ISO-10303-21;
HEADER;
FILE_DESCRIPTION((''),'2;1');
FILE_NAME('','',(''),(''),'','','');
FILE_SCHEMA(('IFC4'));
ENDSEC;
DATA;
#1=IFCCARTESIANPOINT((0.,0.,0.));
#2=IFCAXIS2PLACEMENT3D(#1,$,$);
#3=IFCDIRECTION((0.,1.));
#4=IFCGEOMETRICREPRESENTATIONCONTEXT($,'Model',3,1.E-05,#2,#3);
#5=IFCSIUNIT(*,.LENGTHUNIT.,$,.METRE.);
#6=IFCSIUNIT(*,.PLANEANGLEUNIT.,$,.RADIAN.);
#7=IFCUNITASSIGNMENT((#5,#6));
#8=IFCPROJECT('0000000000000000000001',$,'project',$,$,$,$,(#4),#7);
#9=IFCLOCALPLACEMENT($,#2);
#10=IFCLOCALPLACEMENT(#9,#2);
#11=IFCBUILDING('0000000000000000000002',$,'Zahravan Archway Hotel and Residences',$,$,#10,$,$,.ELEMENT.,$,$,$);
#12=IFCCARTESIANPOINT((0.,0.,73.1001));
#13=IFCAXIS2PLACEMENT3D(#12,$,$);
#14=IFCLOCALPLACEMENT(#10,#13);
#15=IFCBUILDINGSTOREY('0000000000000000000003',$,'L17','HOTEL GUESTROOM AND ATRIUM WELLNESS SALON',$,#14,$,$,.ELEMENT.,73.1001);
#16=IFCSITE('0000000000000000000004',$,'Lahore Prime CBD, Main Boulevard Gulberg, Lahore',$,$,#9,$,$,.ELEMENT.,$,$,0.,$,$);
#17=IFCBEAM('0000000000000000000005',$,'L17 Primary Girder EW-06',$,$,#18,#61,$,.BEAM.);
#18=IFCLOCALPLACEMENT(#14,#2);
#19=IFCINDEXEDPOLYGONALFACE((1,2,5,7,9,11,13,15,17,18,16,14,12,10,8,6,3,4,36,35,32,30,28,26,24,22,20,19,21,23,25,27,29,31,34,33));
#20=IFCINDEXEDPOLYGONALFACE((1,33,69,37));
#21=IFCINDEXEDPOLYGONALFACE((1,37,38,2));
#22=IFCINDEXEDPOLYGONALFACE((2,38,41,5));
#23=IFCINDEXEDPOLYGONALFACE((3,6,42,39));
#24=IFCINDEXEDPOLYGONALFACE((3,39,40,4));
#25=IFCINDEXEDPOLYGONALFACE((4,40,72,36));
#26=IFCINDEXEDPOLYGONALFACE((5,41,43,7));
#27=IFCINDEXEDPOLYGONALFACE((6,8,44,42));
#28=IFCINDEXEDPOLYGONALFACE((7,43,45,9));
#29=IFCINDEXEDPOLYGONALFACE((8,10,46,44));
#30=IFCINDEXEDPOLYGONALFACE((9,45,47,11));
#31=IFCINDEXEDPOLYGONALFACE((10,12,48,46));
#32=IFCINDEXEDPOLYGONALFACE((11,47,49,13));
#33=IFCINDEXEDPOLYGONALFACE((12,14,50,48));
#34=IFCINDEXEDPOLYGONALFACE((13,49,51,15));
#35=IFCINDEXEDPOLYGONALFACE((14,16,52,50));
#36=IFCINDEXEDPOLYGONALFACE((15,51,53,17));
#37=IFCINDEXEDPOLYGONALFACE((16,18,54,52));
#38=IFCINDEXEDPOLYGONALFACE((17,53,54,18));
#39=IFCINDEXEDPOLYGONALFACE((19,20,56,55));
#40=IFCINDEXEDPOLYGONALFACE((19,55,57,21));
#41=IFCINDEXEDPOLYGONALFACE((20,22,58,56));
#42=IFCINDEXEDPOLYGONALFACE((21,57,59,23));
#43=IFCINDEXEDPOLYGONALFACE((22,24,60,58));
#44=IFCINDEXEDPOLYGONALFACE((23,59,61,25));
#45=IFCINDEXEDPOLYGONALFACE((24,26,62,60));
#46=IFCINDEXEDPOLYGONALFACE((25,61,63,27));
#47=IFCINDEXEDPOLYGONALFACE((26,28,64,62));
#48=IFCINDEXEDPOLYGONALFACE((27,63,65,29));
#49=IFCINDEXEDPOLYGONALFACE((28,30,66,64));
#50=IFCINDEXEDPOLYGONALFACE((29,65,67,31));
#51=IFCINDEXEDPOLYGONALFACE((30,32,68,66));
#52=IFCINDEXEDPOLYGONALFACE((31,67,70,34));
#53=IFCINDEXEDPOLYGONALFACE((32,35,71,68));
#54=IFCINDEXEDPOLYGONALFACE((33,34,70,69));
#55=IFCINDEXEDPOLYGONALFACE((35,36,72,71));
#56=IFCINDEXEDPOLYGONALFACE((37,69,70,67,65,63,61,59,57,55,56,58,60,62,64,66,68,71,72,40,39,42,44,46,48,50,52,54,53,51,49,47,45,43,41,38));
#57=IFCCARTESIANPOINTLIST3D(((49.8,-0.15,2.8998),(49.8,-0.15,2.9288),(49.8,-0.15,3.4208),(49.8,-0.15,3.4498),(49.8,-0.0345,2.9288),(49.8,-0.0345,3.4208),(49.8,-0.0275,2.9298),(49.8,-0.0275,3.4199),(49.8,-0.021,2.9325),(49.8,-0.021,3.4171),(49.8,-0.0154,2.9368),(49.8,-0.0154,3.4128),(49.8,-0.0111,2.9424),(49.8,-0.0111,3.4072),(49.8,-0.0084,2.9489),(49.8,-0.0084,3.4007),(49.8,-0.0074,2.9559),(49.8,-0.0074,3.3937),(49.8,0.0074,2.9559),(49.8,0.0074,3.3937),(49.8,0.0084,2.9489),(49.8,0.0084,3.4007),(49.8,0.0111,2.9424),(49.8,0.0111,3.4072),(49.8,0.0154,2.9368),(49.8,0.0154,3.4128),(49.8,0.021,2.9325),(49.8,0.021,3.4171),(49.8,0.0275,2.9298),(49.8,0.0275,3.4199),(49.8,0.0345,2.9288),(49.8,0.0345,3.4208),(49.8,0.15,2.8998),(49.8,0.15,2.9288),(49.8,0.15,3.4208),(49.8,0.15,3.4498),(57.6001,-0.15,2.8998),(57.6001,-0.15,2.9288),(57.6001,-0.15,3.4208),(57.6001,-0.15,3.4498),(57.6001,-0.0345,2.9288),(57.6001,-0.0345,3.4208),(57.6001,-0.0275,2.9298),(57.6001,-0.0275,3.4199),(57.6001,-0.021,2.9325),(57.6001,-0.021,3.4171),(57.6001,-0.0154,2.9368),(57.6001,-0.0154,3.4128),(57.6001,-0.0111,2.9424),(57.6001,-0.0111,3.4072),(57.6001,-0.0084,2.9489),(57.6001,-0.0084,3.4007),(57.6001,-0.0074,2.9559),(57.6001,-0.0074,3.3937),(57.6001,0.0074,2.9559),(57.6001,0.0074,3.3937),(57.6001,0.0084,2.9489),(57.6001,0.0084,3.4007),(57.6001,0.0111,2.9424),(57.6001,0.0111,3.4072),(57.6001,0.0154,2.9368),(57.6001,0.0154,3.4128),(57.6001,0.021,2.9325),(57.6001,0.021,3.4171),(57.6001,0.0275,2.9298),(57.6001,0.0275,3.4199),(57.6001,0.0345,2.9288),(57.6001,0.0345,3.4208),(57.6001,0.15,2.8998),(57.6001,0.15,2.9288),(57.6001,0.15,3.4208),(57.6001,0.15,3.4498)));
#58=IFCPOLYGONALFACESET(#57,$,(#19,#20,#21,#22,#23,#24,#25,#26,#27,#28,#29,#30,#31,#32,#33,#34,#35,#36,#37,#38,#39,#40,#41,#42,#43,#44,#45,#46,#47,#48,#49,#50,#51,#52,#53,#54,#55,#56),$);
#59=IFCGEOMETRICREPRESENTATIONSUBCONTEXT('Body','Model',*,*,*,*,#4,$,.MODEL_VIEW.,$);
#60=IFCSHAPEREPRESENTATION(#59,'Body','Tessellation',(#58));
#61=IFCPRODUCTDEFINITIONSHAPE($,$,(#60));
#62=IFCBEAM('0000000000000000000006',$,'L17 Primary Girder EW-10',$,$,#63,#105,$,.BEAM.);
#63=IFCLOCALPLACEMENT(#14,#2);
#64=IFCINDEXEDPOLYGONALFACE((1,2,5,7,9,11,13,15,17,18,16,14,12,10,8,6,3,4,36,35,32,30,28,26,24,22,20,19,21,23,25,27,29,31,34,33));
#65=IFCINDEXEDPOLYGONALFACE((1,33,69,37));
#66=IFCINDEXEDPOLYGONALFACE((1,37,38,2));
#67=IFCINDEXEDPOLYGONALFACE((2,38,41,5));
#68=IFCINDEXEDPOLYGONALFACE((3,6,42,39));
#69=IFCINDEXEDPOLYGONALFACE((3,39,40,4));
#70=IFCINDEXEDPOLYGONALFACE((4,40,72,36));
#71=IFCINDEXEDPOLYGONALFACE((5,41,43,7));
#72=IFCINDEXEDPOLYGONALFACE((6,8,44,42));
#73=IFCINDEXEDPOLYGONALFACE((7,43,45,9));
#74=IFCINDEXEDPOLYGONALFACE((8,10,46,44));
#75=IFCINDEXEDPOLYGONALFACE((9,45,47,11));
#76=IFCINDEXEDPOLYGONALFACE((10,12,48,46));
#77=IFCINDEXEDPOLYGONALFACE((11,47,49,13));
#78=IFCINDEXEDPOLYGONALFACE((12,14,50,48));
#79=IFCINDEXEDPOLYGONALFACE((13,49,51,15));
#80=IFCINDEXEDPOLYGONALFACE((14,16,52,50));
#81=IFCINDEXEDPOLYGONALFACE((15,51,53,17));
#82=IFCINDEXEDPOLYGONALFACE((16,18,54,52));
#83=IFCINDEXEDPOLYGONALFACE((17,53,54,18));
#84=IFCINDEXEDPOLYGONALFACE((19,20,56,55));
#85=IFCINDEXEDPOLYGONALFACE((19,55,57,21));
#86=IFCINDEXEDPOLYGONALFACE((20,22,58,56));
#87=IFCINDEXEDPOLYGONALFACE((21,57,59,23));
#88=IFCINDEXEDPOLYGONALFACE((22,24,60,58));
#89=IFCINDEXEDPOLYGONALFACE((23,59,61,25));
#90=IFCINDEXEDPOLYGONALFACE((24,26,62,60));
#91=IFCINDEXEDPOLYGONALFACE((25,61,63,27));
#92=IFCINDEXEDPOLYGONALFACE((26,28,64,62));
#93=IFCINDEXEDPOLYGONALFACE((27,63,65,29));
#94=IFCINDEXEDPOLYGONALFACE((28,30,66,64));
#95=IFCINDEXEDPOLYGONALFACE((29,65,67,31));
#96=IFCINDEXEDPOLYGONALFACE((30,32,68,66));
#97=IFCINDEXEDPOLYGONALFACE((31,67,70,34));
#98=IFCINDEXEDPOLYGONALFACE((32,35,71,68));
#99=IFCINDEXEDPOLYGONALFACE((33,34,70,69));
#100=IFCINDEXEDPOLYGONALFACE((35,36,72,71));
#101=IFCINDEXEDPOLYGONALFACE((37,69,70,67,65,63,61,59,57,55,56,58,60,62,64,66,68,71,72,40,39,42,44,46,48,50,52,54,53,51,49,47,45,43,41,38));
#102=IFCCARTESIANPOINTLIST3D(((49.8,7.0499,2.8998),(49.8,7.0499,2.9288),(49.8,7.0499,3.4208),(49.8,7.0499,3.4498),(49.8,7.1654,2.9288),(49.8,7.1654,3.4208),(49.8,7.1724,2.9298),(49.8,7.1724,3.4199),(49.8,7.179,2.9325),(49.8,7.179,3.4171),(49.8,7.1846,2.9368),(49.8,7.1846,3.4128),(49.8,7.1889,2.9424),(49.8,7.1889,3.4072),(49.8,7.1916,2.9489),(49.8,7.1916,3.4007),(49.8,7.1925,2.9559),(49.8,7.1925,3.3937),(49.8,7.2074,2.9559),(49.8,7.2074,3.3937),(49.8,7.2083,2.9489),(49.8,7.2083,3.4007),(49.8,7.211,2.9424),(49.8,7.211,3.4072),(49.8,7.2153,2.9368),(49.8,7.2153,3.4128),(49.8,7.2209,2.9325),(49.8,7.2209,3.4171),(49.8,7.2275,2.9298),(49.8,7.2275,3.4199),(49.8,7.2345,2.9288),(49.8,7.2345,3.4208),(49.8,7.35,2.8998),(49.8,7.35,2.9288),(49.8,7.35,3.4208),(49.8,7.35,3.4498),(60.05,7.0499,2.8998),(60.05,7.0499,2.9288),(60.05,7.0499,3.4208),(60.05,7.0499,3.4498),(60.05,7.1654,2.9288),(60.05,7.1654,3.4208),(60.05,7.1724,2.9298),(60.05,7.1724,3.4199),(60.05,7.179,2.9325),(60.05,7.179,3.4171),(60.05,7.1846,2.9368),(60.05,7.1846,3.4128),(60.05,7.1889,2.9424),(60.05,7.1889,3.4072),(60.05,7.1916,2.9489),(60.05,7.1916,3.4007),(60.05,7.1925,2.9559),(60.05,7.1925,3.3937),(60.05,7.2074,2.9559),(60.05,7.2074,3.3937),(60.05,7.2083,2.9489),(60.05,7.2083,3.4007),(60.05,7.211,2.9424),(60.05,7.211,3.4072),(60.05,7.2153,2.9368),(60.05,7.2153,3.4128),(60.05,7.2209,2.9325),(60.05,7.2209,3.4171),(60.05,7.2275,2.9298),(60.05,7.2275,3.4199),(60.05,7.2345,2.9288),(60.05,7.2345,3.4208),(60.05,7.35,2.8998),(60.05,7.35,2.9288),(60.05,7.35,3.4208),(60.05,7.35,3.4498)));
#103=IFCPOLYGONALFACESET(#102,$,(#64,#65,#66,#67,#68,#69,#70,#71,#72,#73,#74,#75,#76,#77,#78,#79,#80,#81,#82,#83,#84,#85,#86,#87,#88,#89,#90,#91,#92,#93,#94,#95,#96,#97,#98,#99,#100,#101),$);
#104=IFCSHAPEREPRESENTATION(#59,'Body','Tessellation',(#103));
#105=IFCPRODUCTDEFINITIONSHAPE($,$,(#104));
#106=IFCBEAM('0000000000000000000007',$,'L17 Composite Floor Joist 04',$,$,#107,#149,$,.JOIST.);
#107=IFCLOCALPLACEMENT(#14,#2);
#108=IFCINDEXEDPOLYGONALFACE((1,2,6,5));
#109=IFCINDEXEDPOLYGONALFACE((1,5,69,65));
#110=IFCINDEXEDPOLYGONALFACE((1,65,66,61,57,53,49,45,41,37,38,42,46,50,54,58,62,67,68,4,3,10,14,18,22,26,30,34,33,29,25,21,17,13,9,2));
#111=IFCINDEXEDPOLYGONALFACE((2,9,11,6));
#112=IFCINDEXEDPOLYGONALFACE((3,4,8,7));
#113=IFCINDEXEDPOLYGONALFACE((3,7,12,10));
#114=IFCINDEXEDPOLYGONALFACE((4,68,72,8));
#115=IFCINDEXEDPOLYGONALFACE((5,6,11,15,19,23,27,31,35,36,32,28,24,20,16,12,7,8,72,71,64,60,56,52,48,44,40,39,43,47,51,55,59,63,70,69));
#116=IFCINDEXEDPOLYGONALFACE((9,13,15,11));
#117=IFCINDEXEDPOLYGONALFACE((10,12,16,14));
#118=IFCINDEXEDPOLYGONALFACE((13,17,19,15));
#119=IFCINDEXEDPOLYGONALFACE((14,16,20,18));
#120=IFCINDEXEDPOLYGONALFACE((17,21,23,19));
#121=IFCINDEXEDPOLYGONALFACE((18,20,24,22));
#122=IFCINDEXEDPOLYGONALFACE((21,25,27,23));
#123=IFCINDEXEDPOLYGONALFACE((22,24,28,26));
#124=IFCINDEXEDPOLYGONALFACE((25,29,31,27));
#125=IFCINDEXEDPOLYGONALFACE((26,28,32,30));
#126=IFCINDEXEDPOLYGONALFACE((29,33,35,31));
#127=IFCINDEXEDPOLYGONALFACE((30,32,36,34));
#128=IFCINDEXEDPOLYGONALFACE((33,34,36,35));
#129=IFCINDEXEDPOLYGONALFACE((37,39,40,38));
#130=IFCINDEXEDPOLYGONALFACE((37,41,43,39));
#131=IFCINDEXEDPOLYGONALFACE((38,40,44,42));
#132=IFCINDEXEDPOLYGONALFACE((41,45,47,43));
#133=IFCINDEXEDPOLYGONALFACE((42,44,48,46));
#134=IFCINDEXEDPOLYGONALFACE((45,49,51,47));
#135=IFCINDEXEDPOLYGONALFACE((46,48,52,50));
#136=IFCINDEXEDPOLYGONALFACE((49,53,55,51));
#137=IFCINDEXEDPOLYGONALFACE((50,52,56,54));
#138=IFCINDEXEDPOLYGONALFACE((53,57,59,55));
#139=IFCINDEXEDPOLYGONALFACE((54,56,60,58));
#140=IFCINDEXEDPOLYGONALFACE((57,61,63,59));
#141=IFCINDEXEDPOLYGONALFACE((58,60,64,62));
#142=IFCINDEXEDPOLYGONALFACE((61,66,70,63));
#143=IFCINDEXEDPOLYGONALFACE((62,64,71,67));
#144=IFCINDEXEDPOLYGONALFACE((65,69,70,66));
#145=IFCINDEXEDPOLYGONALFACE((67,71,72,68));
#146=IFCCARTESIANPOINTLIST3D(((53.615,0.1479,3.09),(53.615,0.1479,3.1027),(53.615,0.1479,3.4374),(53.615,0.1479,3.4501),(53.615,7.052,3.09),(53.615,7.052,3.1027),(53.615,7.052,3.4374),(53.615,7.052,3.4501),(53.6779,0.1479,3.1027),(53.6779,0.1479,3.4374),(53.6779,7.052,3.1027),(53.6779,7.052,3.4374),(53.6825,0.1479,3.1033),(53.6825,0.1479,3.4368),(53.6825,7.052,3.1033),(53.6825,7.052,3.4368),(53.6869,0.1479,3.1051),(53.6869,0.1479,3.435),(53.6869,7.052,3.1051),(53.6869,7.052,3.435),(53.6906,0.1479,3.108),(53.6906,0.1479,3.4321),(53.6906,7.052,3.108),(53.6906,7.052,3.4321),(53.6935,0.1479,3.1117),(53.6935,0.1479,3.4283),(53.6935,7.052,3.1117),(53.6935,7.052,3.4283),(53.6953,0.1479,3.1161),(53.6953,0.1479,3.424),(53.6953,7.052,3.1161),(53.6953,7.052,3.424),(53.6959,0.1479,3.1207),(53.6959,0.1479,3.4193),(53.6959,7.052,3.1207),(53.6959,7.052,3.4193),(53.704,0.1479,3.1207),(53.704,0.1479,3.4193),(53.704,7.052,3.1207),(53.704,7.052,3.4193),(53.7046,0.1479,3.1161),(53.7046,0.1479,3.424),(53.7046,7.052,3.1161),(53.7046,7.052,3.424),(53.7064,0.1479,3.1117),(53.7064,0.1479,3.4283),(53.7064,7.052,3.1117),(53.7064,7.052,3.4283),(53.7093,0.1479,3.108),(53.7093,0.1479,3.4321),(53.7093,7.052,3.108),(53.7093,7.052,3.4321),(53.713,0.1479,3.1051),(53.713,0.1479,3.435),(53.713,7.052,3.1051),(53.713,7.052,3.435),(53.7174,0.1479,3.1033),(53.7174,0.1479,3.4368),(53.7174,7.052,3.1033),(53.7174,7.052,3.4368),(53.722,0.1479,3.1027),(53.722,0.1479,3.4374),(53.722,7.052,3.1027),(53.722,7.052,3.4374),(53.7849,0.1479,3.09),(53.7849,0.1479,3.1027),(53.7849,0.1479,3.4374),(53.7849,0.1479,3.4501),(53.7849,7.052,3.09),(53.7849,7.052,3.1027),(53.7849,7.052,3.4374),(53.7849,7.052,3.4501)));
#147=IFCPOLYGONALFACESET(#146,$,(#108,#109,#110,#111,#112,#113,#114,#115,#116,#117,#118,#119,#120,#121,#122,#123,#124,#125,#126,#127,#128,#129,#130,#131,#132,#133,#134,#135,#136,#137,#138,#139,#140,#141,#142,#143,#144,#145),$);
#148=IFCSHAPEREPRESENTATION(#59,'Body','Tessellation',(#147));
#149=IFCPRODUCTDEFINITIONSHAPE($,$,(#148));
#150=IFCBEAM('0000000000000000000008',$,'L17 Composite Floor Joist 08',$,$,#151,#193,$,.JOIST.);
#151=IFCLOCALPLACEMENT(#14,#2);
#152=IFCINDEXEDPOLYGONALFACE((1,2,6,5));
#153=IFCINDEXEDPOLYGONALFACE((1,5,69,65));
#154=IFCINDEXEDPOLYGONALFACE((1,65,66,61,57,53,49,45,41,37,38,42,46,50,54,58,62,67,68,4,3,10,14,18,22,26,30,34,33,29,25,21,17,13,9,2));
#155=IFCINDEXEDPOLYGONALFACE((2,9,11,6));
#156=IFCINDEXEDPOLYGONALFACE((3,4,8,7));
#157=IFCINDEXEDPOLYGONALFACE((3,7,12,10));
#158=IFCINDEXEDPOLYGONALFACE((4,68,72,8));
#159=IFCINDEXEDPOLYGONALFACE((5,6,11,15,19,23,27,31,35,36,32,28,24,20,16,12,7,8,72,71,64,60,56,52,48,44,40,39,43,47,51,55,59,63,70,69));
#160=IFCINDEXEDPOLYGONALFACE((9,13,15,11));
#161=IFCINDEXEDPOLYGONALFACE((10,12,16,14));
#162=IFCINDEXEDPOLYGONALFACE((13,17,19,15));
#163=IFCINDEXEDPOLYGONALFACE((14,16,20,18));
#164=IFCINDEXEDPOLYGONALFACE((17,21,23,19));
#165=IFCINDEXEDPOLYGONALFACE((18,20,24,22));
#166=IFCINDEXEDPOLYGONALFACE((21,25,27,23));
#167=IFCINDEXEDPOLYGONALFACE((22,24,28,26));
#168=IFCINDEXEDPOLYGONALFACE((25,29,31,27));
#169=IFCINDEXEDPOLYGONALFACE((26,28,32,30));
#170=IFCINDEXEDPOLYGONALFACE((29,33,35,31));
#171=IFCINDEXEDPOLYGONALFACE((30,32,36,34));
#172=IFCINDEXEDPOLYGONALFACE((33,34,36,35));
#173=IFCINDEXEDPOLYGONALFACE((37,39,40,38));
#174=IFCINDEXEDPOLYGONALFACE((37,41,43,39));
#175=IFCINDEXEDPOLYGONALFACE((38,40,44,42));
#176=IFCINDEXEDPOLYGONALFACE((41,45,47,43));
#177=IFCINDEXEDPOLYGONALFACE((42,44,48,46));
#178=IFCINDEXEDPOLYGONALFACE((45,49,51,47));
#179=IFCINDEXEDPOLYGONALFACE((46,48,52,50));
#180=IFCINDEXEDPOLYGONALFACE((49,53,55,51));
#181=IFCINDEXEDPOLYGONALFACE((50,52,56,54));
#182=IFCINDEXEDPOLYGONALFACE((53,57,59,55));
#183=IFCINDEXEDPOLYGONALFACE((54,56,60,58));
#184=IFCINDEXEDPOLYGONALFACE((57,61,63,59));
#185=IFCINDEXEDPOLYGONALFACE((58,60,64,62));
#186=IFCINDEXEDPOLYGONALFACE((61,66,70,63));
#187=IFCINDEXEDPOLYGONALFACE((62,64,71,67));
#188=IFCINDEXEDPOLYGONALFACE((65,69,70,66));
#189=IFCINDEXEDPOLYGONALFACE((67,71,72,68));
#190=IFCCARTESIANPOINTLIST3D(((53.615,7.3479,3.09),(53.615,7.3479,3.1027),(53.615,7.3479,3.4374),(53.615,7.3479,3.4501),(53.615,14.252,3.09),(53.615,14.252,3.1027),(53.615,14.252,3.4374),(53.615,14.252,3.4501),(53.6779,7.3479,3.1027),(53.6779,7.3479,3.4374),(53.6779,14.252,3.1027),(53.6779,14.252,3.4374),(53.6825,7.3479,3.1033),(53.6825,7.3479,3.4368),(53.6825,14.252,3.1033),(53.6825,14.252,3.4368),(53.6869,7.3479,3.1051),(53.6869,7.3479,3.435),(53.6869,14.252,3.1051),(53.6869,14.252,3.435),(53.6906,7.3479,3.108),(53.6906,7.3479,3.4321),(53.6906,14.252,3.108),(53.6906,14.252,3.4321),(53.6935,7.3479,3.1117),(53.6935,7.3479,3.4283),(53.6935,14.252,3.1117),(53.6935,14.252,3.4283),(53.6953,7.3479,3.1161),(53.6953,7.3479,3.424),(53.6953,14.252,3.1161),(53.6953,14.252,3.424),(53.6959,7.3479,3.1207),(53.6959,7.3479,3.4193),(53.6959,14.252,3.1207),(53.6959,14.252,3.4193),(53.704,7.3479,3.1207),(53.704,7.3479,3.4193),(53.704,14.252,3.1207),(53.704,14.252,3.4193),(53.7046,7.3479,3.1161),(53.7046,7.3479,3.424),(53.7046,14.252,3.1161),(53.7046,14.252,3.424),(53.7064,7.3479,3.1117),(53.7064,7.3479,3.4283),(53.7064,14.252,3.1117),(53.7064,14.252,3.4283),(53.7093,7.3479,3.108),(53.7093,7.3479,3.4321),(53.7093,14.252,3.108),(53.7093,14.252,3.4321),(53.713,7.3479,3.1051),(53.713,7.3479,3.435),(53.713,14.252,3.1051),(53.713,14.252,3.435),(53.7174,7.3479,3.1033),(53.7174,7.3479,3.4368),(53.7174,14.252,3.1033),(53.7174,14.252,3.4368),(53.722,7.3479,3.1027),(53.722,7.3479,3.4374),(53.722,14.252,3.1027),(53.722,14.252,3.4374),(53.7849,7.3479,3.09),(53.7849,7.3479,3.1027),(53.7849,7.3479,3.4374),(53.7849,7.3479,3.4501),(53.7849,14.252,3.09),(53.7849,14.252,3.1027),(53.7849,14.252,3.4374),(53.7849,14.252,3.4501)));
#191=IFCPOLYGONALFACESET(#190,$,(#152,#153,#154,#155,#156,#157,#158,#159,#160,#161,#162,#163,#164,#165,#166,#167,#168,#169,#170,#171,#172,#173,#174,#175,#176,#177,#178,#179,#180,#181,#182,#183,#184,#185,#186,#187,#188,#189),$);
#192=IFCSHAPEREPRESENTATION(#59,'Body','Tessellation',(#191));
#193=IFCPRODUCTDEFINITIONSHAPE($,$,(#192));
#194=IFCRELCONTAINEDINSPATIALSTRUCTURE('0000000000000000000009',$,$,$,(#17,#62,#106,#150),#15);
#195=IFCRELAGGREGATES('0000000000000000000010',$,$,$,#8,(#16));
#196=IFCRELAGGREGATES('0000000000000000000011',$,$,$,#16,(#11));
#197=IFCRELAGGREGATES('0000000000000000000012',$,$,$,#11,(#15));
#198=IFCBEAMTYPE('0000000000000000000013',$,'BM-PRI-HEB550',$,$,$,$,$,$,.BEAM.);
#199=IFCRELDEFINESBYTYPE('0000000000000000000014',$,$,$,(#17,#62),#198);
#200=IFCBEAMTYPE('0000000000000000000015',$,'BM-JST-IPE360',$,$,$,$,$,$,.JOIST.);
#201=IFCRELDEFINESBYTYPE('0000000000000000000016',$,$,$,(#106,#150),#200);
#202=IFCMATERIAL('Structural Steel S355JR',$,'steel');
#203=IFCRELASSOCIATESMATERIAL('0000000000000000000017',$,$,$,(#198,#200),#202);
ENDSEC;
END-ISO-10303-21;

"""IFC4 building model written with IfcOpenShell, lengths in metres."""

from ifc_helpers import new_model, si_unit, direction, frame, origin, origin_2d, place, context, subcontext, project, spatial, i_section, extrude, source, transform, mapped, material, material_profile, profile_set, type_object, type_shapes, element, save


model = new_model("IFC4")

# Units and contexts
model_context = context("Model", 3, precision=1e-05, world=origin(), true_north=direction((0.0, 1.0)))
body_context = subcontext(model_context, "Body", "Model", "MODEL_VIEW")
ifc_project = project(units=[si_unit("LENGTHUNIT", "METRE"), si_unit("PLANEANGLEUNIT", "RADIAN")], contexts=[model_context])

# Site, building, storey
site_placement = place(None, origin())
site = spatial("IfcSite", under=ifc_project, at=site_placement, Name="Lahore Prime CBD, Main Boulevard Gulberg, Lahore", CompositionType="ELEMENT", RefElevation=0.0)
building_placement = place(site_placement, origin())
building = spatial("IfcBuilding", under=site, at=building_placement, Name="Zahravan Archway Hotel and Residences", CompositionType="ELEMENT")
storey_placement = place(building_placement, frame((0.0, 0.0, 73.1001)))
storey = spatial("IfcBuildingStorey", under=building, at=storey_placement, Name="L17", Description="HOTEL GUESTROOM AND ATRIUM WELLNESS SALON", CompositionType="ELEMENT", Elevation=73.1001)

# Beams
ifc_material_1 = material(Name="Structural Steel S355JR", Category="steel")
ifc_material_profile_1 = material_profile(ifc_material_1, i_section(OverallWidth=0.3, OverallDepth=0.55, WebThickness=0.0149, FlangeThickness=0.0291, FilletRadius=0.0271, at=origin_2d()), Name="HEB 550", Category="steel")
ifc_profile_set_1 = profile_set([ifc_material_profile_1], Name="Structural Steel S355JR")
beam_type_1 = type_object("IfcBeamType", Name="BM-PRI-HEB550", PredefinedType="BEAM", material=ifc_profile_set_1)
shared_shape_1 = source(origin(), body_context, "Body", "SweptSolid", [
    extrude(i_section(OverallWidth=0.3, OverallDepth=0.55, WebThickness=0.0149, FlangeThickness=0.0291, FilletRadius=0.0271, at=origin_2d()), origin(), (0.0, 0.0, 1.0), 7.8),
])
beam_1_placement = place(storey_placement, frame((49.8, 0.0, 3.1748), z_axis=(1.0, 0.0, 0.0), x_axis=(0.0, 1.0, 0.0)))
element("IfcBeam", 1, at=beam_1_placement, inside=storey, type_object=beam_type_1, Name="L17 Primary Girder EW-06", PredefinedType="BEAM", context=body_context, shape_type="MappedRepresentation", body=[
    mapped(shared_shape_1, transform((0.0, 0.0, 0.0), scale=1.0)),
])
shared_shape_2 = source(origin(), body_context, "Body", "SweptSolid", [
    extrude(i_section(OverallWidth=0.3, OverallDepth=0.55, WebThickness=0.0149, FlangeThickness=0.0291, FilletRadius=0.0271, at=origin_2d()), origin(), (0.0, 0.0, 1.0), 10.25),
])
beam_2_placement = place(storey_placement, frame((49.8, 7.2, 3.1748), z_axis=(1.0, 0.0, 0.0), x_axis=(0.0, 1.0, 0.0)))
element("IfcBeam", 2, at=beam_2_placement, inside=storey, type_object=beam_type_1, Name="L17 Primary Girder EW-10", PredefinedType="BEAM", context=body_context, shape_type="MappedRepresentation", body=[
    mapped(shared_shape_2, transform((0.0, 0.0, 0.0), scale=1.0)),
])
ifc_material_profile_2 = material_profile(ifc_material_1, i_section(OverallWidth=0.1699, OverallDepth=0.3601, WebThickness=0.0081, FlangeThickness=0.0127, FilletRadius=0.0181, at=origin_2d()), Name="IPE 360", Category="steel")
ifc_profile_set_2 = profile_set([ifc_material_profile_2], Name="Structural Steel S355JR")
beam_type_2 = type_object("IfcBeamType", Name="BM-JST-IPE360", PredefinedType="JOIST", material=ifc_profile_set_2)
shared_shape_3 = source(origin(), body_context, "Body", "SweptSolid", [
    extrude(i_section(OverallWidth=0.1699, OverallDepth=0.3601, WebThickness=0.0081, FlangeThickness=0.0127, FilletRadius=0.0181, at=origin_2d()), origin(), (0.0, 0.0, 1.0), 6.9041),
])
type_shapes(beam_type_2, [shared_shape_3])
for number, where, z_axis, x_axis, name in (
    (3, (53.7, 0.1479, 3.27), (0.0, 1.0, 0.0), (-1.0, 0.0, 0.0), "L17 Composite Floor Joist 04"),
    (4, (53.7, 7.3479, 3.27), (0.0, 1.0, 0.0), (-1.0, 0.0, 0.0), "L17 Composite Floor Joist 08"),
):
    element("IfcBeam", number, at=place(storey_placement, frame(where, z_axis=z_axis, x_axis=x_axis)), inside=storey, type_object=beam_type_2, Name=name, PredefinedType="JOIST", context=body_context, shape_type="MappedRepresentation", body=[
        mapped(shared_shape_3, transform((0.0, 0.0, 0.0), scale=1.0)),
    ])

save(model, "model.ifc")
